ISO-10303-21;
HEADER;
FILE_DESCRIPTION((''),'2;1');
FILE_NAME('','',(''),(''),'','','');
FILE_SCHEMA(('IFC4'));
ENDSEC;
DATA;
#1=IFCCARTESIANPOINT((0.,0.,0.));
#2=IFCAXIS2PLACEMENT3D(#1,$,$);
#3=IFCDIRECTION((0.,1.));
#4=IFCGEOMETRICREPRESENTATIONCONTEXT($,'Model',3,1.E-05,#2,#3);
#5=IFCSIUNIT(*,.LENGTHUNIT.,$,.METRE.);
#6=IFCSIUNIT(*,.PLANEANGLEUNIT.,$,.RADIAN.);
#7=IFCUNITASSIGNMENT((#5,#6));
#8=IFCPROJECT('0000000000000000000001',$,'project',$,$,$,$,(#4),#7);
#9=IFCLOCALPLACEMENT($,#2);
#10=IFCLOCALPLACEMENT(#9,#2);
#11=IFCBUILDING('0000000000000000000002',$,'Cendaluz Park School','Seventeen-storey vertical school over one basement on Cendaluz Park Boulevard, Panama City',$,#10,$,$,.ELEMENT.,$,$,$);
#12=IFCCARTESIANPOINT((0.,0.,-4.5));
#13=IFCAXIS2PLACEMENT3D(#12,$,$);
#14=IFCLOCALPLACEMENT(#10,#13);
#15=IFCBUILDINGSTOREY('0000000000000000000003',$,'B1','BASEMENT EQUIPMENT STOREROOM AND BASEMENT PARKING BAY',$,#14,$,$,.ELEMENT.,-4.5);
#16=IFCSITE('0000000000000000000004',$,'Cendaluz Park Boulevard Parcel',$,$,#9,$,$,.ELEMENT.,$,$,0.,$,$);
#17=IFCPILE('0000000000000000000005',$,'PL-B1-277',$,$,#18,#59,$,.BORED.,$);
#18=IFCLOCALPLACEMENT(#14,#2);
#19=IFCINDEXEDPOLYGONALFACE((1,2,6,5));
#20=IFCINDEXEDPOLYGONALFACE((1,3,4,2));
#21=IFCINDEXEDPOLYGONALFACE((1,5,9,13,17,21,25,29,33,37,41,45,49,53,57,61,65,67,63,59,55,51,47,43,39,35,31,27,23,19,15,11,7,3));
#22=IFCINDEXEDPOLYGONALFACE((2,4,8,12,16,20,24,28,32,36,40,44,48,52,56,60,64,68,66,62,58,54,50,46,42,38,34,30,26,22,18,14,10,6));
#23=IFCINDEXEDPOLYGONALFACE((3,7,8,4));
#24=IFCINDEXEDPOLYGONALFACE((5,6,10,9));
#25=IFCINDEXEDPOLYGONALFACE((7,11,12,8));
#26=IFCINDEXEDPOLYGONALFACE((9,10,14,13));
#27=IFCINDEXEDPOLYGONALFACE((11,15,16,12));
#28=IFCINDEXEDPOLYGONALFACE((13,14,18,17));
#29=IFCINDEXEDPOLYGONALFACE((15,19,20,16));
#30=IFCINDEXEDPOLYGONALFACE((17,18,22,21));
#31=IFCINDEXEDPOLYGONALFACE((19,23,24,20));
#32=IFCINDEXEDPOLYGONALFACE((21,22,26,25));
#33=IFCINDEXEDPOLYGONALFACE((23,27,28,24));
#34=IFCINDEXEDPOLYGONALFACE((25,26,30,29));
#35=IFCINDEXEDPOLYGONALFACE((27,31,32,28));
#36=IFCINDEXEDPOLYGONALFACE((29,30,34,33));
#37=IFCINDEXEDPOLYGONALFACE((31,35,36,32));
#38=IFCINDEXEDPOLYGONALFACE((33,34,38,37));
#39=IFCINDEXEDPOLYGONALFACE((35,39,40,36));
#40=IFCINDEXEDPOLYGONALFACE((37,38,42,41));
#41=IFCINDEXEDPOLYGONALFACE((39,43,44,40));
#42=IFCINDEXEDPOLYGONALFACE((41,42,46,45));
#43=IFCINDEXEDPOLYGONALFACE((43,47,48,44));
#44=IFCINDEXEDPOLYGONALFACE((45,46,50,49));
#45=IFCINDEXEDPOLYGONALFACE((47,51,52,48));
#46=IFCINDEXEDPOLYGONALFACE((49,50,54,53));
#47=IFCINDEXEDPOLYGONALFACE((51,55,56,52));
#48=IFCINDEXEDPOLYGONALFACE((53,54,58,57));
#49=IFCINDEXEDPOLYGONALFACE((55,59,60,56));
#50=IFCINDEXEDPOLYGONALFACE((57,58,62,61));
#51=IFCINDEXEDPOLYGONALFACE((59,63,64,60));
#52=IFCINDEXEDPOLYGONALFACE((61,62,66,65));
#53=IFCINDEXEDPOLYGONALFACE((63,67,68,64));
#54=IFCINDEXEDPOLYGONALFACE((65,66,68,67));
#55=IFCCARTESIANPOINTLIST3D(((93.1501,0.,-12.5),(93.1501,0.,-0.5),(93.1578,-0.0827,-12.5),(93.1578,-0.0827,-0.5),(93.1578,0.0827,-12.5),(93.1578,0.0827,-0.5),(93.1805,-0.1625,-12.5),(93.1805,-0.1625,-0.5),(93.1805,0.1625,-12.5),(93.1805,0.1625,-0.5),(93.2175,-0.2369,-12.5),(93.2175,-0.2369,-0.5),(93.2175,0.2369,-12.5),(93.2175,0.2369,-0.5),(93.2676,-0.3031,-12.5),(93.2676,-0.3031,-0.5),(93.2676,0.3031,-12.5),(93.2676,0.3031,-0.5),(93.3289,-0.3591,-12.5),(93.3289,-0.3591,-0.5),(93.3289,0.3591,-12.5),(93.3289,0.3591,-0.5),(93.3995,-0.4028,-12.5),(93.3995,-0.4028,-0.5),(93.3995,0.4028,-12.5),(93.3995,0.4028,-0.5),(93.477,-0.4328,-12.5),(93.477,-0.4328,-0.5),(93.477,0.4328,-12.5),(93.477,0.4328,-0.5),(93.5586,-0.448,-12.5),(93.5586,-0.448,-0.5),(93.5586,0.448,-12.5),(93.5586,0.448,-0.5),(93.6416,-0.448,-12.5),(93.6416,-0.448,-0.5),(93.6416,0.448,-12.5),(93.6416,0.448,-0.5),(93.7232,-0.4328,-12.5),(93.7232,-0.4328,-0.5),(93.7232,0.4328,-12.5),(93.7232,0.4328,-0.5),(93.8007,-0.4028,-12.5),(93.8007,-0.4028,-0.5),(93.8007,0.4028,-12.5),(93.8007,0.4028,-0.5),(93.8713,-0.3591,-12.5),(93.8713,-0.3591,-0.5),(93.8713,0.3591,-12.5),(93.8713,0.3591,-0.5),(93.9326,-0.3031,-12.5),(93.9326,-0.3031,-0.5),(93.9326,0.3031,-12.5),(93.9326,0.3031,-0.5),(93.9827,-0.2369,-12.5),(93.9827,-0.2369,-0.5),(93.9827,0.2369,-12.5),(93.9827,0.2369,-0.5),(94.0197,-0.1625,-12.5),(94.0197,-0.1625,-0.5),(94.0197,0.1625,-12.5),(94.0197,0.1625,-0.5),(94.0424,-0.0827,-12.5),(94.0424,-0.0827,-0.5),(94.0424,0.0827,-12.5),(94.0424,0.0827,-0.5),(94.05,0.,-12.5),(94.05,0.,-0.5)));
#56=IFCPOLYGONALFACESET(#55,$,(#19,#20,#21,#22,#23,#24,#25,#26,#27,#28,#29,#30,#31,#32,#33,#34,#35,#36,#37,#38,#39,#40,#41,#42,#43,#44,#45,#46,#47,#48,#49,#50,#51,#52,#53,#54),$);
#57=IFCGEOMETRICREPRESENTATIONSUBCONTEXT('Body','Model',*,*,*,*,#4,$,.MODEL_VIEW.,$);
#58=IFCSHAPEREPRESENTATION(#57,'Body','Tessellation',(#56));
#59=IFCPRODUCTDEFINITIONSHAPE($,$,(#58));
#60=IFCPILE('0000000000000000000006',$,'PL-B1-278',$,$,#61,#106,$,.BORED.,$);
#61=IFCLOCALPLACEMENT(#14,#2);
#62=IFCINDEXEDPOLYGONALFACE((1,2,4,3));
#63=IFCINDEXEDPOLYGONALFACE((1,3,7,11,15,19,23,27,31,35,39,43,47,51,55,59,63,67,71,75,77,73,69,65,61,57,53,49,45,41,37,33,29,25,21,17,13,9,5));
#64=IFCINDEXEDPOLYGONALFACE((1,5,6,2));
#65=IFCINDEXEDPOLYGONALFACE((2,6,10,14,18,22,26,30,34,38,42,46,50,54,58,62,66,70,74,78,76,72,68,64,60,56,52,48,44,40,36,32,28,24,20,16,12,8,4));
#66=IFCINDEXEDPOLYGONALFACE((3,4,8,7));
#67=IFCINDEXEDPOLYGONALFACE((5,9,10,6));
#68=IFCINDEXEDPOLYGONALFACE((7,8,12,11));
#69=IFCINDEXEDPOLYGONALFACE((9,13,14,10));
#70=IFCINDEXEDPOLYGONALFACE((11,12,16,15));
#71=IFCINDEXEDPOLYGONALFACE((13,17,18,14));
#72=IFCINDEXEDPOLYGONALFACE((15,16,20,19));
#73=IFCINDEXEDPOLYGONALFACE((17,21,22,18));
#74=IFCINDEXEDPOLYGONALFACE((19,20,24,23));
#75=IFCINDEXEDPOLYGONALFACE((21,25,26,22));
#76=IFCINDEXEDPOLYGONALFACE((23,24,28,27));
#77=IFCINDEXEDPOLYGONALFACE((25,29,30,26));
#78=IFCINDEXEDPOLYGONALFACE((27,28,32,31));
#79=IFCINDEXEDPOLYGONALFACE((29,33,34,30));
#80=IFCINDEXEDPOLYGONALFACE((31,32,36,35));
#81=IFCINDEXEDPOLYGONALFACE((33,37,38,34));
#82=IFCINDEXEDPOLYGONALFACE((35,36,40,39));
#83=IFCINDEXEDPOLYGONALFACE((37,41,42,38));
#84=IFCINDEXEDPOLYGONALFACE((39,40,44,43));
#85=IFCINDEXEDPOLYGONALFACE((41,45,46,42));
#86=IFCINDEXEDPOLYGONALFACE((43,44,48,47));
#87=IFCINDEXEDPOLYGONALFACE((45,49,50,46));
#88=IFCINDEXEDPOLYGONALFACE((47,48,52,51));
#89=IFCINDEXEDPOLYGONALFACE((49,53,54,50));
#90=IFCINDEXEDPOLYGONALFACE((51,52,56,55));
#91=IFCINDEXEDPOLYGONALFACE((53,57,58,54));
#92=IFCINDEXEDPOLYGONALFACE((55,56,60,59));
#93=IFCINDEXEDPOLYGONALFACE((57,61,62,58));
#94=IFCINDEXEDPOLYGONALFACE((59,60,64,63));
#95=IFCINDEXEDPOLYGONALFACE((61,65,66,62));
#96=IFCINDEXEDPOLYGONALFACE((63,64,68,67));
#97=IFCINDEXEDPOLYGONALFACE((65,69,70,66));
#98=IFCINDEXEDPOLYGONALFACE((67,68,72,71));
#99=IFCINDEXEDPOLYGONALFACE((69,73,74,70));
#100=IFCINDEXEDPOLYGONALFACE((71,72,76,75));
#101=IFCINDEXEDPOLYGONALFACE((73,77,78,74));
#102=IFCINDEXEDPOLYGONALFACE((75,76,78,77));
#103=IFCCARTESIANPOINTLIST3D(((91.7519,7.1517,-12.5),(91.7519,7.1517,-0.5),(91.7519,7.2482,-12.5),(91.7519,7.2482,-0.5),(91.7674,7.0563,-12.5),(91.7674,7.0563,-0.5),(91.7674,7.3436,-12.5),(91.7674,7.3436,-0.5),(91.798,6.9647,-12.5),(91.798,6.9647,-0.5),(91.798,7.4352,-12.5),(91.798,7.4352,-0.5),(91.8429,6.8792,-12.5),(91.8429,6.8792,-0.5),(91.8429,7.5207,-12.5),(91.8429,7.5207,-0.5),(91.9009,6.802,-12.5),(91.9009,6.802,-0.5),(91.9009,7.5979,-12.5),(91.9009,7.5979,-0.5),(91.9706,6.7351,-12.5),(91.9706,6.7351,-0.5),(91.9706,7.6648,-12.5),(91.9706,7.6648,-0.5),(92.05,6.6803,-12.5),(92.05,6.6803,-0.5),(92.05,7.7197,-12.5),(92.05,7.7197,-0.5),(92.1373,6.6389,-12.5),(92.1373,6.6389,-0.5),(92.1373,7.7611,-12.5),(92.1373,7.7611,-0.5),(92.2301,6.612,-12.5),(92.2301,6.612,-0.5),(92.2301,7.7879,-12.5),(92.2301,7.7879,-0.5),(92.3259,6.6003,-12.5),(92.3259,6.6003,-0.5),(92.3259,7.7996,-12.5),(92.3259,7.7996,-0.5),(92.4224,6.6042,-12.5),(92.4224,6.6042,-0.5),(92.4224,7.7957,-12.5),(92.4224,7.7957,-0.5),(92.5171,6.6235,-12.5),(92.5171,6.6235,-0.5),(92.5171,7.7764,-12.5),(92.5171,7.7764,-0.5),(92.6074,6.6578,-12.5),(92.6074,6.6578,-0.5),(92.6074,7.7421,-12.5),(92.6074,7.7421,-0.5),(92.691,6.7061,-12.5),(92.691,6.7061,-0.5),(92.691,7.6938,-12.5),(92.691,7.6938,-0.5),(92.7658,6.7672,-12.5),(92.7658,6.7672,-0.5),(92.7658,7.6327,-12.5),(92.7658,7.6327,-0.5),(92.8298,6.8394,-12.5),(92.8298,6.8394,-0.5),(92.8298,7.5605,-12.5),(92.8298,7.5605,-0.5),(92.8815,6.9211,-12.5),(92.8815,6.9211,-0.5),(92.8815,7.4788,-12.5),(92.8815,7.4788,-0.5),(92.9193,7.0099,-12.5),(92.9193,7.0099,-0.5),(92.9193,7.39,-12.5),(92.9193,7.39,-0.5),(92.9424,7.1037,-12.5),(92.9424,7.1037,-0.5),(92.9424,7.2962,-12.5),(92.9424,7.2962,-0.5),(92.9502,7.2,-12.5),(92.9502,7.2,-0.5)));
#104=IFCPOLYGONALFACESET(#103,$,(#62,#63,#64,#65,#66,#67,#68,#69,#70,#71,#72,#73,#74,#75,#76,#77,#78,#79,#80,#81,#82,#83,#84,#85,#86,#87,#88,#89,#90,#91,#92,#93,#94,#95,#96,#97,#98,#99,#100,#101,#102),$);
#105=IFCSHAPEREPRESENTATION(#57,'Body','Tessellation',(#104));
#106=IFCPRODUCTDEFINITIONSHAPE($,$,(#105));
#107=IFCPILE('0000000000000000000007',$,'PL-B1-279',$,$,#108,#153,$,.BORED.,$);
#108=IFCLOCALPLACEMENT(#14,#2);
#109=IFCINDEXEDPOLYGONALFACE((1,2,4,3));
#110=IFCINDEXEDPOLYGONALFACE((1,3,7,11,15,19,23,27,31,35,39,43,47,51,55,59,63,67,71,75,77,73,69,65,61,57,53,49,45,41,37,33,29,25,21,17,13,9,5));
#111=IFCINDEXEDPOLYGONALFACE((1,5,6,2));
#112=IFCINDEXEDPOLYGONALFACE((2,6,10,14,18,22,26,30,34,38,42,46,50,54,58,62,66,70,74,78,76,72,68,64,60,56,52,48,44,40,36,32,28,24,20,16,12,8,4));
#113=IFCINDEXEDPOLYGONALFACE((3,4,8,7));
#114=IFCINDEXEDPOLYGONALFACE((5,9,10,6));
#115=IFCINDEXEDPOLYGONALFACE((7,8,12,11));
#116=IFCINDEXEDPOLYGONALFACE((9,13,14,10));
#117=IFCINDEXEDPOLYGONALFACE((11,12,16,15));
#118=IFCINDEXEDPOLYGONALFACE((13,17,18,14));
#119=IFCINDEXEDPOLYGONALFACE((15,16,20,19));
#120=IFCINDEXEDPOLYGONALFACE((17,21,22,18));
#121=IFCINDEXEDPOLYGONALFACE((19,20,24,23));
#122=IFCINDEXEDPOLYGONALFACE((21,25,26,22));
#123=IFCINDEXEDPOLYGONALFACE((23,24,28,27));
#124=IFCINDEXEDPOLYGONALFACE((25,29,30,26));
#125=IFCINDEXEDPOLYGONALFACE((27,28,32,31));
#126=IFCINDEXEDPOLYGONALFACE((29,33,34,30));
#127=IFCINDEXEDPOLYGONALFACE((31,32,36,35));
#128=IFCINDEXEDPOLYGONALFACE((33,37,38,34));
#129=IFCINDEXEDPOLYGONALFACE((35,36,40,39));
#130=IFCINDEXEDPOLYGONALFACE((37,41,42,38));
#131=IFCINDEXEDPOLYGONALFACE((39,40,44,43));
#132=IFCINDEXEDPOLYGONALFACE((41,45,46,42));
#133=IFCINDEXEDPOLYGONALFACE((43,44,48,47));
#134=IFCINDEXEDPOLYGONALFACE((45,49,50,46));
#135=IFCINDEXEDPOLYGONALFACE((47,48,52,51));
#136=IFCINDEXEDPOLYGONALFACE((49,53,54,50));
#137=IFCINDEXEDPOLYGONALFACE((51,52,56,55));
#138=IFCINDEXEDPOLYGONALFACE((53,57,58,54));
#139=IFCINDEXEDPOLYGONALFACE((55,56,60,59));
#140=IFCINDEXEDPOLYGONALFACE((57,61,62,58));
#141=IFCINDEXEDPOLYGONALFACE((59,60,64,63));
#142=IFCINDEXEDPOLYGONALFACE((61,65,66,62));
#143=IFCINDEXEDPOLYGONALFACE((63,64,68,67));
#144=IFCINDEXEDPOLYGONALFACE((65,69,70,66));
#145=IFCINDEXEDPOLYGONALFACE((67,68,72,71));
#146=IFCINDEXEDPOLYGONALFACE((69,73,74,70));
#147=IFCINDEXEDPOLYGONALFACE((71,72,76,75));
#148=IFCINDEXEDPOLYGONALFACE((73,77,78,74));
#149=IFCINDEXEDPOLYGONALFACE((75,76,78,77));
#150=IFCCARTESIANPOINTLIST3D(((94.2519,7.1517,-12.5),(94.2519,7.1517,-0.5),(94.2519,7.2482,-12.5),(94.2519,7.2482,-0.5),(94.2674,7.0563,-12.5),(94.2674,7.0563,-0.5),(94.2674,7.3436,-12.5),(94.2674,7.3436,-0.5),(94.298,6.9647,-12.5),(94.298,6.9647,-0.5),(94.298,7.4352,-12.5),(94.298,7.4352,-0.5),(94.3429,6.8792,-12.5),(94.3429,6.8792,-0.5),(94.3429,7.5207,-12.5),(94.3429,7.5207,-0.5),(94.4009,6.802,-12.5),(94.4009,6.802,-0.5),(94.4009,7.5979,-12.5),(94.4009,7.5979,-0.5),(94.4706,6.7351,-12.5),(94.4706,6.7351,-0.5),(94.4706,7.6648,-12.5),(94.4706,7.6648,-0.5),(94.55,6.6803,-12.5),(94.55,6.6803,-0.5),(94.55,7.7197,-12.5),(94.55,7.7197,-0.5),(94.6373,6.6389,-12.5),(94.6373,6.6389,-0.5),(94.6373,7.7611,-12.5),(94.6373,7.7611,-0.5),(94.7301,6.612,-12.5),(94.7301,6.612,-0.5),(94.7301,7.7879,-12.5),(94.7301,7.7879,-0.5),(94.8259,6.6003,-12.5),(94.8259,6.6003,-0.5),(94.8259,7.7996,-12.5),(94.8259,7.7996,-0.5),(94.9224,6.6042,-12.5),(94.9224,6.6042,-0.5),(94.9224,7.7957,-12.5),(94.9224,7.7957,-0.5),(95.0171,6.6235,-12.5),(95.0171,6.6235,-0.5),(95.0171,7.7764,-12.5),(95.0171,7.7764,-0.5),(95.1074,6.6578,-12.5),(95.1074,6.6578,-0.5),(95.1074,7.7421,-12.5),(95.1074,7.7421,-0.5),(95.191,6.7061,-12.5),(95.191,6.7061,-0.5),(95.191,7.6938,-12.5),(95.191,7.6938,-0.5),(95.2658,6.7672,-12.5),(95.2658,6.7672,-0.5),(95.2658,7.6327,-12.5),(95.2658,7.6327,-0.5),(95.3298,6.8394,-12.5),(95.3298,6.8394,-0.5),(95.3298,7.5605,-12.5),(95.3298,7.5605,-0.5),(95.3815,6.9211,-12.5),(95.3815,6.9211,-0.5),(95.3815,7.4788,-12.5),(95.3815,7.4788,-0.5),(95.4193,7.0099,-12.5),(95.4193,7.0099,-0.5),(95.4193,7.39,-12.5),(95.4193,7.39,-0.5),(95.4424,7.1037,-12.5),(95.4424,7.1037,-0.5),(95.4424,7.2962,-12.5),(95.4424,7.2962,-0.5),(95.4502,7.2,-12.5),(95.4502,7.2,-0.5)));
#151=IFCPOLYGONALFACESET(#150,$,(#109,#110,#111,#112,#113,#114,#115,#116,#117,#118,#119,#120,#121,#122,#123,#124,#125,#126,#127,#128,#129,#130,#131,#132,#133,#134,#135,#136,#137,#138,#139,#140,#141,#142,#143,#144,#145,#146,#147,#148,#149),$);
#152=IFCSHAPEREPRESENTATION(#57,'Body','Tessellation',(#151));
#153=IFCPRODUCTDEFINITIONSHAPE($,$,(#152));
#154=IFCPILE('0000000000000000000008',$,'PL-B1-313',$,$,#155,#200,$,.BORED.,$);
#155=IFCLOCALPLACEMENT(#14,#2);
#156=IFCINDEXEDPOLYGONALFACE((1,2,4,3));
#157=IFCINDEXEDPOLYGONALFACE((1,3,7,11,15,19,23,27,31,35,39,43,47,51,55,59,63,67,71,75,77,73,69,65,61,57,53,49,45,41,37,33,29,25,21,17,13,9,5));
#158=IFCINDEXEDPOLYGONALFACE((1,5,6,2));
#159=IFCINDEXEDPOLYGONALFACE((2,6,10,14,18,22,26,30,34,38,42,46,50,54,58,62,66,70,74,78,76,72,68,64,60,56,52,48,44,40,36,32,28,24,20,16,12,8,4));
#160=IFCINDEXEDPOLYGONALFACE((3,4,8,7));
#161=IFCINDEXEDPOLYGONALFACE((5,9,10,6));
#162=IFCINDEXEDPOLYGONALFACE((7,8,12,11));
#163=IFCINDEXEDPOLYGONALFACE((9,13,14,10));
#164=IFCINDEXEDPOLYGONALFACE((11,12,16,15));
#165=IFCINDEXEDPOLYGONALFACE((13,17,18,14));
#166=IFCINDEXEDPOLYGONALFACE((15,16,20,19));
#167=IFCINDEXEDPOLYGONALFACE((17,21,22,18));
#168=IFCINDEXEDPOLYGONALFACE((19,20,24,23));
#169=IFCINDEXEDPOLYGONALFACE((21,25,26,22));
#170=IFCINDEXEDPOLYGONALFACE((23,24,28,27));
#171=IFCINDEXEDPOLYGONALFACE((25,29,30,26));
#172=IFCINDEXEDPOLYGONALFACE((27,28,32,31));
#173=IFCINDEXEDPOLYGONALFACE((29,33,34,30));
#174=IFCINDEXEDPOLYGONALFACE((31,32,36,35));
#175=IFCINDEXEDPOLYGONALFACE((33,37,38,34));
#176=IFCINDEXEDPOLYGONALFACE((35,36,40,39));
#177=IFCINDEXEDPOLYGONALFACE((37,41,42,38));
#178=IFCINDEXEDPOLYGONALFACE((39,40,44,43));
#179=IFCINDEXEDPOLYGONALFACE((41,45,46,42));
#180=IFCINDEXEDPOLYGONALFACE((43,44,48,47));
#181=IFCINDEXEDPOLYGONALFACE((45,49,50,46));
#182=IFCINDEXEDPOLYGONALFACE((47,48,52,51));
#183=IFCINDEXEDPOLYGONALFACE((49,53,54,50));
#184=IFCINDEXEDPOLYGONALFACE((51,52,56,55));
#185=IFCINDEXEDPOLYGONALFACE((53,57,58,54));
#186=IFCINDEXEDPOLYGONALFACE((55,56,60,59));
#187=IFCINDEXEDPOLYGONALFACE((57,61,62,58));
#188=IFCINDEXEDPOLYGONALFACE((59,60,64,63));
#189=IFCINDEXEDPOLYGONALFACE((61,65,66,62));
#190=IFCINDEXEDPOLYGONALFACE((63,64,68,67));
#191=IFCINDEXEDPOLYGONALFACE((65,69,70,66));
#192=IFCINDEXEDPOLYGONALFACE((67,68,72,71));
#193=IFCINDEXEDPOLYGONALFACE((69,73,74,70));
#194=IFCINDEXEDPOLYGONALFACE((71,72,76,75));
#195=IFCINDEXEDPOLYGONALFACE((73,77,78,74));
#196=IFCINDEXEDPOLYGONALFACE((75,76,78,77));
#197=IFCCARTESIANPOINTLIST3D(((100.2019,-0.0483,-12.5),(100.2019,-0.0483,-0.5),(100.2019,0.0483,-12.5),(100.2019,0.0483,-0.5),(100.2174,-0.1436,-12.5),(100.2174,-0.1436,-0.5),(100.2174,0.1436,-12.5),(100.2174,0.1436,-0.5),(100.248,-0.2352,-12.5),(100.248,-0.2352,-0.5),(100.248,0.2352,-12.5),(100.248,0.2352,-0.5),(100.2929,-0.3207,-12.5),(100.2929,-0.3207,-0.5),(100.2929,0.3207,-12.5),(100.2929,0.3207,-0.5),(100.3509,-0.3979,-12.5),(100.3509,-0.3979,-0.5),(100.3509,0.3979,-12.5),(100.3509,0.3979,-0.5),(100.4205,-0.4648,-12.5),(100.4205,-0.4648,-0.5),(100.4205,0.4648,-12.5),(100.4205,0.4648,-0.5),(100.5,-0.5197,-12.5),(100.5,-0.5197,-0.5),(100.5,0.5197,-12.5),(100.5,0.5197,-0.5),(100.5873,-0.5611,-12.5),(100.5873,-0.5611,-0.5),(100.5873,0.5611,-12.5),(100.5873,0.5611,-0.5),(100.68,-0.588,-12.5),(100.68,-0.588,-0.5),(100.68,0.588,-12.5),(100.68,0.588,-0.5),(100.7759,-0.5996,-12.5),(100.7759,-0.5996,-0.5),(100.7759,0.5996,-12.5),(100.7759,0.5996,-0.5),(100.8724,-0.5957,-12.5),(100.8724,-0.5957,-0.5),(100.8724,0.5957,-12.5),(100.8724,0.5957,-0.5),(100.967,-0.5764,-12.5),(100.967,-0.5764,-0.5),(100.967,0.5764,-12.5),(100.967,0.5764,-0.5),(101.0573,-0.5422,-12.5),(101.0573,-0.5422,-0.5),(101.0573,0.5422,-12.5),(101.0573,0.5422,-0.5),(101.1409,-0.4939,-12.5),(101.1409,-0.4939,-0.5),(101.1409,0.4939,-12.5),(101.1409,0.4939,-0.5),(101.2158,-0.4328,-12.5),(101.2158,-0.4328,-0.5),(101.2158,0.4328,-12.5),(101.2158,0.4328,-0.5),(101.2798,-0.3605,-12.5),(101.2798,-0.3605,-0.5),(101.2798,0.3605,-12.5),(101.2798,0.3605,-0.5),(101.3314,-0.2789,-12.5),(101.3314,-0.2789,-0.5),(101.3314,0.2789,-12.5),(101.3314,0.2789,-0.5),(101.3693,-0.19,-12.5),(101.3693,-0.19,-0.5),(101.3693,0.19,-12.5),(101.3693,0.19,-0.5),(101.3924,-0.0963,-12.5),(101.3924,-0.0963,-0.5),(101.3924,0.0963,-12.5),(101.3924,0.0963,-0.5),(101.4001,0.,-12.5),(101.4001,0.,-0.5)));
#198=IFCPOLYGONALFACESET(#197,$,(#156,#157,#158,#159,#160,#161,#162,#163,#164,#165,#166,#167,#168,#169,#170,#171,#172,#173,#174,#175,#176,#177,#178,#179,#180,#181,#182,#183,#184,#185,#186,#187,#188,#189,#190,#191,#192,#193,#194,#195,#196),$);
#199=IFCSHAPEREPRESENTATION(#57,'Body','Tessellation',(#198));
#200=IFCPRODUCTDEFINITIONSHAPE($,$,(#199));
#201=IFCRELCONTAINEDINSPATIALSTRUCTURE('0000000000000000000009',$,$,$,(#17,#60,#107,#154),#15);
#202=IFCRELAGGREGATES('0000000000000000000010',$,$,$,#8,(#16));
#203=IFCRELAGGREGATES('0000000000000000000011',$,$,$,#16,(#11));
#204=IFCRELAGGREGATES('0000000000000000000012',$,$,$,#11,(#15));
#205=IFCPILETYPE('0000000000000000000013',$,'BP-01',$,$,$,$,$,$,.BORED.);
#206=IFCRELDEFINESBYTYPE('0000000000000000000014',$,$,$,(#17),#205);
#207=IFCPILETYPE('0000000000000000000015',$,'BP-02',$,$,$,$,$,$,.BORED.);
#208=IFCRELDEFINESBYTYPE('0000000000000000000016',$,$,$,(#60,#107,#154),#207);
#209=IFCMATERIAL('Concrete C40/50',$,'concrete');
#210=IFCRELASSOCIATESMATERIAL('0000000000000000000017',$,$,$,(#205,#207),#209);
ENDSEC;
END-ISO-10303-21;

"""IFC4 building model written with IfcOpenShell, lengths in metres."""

from ifc_helpers import new_model, si_unit, direction, frame, origin, origin_2d, place, context, subcontext, project, spatial, circle, extrude, material, material_profile, profile_set, type_object, element, save


model = new_model("IFC4")

# Units and contexts
model_context = context("Model", 3, precision=1e-05, world=origin(), true_north=direction((0.0, 1.0)))
body_context = subcontext(model_context, "Body", "Model", "MODEL_VIEW")
ifc_project = project(units=[si_unit("LENGTHUNIT", "METRE"), si_unit("PLANEANGLEUNIT", "RADIAN")], contexts=[model_context])

# Site, building, storey
site_placement = place(None, origin())
site = spatial("IfcSite", under=ifc_project, at=site_placement, Name="Cendaluz Park Boulevard Parcel", CompositionType="ELEMENT", RefElevation=0.0)
building_placement = place(site_placement, origin())
building = spatial("IfcBuilding", under=site, at=building_placement, Name="Cendaluz Park School", Description="Seventeen-storey vertical school over one basement on Cendaluz Park Boulevard, Panama City", CompositionType="ELEMENT")
storey_placement = place(building_placement, frame((0.0, 0.0, -4.5)))
storey = spatial("IfcBuildingStorey", under=building, at=storey_placement, Name="B1", Description="BASEMENT EQUIPMENT STOREROOM AND BASEMENT PARKING BAY", CompositionType="ELEMENT", Elevation=-4.5)

# Piles
ifc_material_1 = material(Name="Concrete C40/50", Category="concrete")
ifc_material_profile_1 = material_profile(ifc_material_1, circle(Radius=0.45, at=origin_2d()), Name="BP D900", Category="concrete")
ifc_profile_set_1 = profile_set([ifc_material_profile_1], Name="Concrete C40/50")
pile_type_1 = type_object("IfcPileType", Name="BP-01", PredefinedType="BORED", material=ifc_profile_set_1)
pile_placement = place(storey_placement, frame((93.6001, 0.0, -0.5), z_axis=(0.0, 0.0, -1.0), x_axis=(1.0, 0.0, 0.0)))
element("IfcPile", 1, at=pile_placement, inside=storey, type_object=pile_type_1, Name="PL-B1-277", PredefinedType="BORED", context=body_context, shape_type="SweptSolid", body=[
    extrude(circle(Radius=0.45, at=origin_2d()), origin(), (0.0, 0.0, 1.0), 12.0),
])
ifc_material_profile_2 = material_profile(ifc_material_1, circle(Radius=0.6001, at=origin_2d()), Name="BP D1200", Category="concrete")
ifc_profile_set_2 = profile_set([ifc_material_profile_2], Name="Concrete C40/50")
pile_type_2 = type_object("IfcPileType", Name="BP-02", PredefinedType="BORED", material=ifc_profile_set_2)
for number, where, z_axis, x_axis, name in (
    (2, (92.3501, 7.2, -0.5), (0.0, 0.0, -1.0), (1.0, 0.0, 0.0), "PL-B1-278"),
    (3, (94.8501, 7.2, -0.5), (0.0, 0.0, -1.0), (1.0, 0.0, 0.0), "PL-B1-279"),
    (4, (100.8, 0.0, -0.5), (0.0, 0.0, -1.0), (1.0, 0.0, 0.0), "PL-B1-313"),
):
    element("IfcPile", number, at=place(storey_placement, frame(where, z_axis=z_axis, x_axis=x_axis)), inside=storey, type_object=pile_type_2, Name=name, PredefinedType="BORED", context=body_context, shape_type="SweptSolid", body=[
        extrude(circle(Radius=0.6001, at=origin_2d()), origin(), (0.0, 0.0, 1.0), 12.0),
    ])

save(model, "model.ifc")
